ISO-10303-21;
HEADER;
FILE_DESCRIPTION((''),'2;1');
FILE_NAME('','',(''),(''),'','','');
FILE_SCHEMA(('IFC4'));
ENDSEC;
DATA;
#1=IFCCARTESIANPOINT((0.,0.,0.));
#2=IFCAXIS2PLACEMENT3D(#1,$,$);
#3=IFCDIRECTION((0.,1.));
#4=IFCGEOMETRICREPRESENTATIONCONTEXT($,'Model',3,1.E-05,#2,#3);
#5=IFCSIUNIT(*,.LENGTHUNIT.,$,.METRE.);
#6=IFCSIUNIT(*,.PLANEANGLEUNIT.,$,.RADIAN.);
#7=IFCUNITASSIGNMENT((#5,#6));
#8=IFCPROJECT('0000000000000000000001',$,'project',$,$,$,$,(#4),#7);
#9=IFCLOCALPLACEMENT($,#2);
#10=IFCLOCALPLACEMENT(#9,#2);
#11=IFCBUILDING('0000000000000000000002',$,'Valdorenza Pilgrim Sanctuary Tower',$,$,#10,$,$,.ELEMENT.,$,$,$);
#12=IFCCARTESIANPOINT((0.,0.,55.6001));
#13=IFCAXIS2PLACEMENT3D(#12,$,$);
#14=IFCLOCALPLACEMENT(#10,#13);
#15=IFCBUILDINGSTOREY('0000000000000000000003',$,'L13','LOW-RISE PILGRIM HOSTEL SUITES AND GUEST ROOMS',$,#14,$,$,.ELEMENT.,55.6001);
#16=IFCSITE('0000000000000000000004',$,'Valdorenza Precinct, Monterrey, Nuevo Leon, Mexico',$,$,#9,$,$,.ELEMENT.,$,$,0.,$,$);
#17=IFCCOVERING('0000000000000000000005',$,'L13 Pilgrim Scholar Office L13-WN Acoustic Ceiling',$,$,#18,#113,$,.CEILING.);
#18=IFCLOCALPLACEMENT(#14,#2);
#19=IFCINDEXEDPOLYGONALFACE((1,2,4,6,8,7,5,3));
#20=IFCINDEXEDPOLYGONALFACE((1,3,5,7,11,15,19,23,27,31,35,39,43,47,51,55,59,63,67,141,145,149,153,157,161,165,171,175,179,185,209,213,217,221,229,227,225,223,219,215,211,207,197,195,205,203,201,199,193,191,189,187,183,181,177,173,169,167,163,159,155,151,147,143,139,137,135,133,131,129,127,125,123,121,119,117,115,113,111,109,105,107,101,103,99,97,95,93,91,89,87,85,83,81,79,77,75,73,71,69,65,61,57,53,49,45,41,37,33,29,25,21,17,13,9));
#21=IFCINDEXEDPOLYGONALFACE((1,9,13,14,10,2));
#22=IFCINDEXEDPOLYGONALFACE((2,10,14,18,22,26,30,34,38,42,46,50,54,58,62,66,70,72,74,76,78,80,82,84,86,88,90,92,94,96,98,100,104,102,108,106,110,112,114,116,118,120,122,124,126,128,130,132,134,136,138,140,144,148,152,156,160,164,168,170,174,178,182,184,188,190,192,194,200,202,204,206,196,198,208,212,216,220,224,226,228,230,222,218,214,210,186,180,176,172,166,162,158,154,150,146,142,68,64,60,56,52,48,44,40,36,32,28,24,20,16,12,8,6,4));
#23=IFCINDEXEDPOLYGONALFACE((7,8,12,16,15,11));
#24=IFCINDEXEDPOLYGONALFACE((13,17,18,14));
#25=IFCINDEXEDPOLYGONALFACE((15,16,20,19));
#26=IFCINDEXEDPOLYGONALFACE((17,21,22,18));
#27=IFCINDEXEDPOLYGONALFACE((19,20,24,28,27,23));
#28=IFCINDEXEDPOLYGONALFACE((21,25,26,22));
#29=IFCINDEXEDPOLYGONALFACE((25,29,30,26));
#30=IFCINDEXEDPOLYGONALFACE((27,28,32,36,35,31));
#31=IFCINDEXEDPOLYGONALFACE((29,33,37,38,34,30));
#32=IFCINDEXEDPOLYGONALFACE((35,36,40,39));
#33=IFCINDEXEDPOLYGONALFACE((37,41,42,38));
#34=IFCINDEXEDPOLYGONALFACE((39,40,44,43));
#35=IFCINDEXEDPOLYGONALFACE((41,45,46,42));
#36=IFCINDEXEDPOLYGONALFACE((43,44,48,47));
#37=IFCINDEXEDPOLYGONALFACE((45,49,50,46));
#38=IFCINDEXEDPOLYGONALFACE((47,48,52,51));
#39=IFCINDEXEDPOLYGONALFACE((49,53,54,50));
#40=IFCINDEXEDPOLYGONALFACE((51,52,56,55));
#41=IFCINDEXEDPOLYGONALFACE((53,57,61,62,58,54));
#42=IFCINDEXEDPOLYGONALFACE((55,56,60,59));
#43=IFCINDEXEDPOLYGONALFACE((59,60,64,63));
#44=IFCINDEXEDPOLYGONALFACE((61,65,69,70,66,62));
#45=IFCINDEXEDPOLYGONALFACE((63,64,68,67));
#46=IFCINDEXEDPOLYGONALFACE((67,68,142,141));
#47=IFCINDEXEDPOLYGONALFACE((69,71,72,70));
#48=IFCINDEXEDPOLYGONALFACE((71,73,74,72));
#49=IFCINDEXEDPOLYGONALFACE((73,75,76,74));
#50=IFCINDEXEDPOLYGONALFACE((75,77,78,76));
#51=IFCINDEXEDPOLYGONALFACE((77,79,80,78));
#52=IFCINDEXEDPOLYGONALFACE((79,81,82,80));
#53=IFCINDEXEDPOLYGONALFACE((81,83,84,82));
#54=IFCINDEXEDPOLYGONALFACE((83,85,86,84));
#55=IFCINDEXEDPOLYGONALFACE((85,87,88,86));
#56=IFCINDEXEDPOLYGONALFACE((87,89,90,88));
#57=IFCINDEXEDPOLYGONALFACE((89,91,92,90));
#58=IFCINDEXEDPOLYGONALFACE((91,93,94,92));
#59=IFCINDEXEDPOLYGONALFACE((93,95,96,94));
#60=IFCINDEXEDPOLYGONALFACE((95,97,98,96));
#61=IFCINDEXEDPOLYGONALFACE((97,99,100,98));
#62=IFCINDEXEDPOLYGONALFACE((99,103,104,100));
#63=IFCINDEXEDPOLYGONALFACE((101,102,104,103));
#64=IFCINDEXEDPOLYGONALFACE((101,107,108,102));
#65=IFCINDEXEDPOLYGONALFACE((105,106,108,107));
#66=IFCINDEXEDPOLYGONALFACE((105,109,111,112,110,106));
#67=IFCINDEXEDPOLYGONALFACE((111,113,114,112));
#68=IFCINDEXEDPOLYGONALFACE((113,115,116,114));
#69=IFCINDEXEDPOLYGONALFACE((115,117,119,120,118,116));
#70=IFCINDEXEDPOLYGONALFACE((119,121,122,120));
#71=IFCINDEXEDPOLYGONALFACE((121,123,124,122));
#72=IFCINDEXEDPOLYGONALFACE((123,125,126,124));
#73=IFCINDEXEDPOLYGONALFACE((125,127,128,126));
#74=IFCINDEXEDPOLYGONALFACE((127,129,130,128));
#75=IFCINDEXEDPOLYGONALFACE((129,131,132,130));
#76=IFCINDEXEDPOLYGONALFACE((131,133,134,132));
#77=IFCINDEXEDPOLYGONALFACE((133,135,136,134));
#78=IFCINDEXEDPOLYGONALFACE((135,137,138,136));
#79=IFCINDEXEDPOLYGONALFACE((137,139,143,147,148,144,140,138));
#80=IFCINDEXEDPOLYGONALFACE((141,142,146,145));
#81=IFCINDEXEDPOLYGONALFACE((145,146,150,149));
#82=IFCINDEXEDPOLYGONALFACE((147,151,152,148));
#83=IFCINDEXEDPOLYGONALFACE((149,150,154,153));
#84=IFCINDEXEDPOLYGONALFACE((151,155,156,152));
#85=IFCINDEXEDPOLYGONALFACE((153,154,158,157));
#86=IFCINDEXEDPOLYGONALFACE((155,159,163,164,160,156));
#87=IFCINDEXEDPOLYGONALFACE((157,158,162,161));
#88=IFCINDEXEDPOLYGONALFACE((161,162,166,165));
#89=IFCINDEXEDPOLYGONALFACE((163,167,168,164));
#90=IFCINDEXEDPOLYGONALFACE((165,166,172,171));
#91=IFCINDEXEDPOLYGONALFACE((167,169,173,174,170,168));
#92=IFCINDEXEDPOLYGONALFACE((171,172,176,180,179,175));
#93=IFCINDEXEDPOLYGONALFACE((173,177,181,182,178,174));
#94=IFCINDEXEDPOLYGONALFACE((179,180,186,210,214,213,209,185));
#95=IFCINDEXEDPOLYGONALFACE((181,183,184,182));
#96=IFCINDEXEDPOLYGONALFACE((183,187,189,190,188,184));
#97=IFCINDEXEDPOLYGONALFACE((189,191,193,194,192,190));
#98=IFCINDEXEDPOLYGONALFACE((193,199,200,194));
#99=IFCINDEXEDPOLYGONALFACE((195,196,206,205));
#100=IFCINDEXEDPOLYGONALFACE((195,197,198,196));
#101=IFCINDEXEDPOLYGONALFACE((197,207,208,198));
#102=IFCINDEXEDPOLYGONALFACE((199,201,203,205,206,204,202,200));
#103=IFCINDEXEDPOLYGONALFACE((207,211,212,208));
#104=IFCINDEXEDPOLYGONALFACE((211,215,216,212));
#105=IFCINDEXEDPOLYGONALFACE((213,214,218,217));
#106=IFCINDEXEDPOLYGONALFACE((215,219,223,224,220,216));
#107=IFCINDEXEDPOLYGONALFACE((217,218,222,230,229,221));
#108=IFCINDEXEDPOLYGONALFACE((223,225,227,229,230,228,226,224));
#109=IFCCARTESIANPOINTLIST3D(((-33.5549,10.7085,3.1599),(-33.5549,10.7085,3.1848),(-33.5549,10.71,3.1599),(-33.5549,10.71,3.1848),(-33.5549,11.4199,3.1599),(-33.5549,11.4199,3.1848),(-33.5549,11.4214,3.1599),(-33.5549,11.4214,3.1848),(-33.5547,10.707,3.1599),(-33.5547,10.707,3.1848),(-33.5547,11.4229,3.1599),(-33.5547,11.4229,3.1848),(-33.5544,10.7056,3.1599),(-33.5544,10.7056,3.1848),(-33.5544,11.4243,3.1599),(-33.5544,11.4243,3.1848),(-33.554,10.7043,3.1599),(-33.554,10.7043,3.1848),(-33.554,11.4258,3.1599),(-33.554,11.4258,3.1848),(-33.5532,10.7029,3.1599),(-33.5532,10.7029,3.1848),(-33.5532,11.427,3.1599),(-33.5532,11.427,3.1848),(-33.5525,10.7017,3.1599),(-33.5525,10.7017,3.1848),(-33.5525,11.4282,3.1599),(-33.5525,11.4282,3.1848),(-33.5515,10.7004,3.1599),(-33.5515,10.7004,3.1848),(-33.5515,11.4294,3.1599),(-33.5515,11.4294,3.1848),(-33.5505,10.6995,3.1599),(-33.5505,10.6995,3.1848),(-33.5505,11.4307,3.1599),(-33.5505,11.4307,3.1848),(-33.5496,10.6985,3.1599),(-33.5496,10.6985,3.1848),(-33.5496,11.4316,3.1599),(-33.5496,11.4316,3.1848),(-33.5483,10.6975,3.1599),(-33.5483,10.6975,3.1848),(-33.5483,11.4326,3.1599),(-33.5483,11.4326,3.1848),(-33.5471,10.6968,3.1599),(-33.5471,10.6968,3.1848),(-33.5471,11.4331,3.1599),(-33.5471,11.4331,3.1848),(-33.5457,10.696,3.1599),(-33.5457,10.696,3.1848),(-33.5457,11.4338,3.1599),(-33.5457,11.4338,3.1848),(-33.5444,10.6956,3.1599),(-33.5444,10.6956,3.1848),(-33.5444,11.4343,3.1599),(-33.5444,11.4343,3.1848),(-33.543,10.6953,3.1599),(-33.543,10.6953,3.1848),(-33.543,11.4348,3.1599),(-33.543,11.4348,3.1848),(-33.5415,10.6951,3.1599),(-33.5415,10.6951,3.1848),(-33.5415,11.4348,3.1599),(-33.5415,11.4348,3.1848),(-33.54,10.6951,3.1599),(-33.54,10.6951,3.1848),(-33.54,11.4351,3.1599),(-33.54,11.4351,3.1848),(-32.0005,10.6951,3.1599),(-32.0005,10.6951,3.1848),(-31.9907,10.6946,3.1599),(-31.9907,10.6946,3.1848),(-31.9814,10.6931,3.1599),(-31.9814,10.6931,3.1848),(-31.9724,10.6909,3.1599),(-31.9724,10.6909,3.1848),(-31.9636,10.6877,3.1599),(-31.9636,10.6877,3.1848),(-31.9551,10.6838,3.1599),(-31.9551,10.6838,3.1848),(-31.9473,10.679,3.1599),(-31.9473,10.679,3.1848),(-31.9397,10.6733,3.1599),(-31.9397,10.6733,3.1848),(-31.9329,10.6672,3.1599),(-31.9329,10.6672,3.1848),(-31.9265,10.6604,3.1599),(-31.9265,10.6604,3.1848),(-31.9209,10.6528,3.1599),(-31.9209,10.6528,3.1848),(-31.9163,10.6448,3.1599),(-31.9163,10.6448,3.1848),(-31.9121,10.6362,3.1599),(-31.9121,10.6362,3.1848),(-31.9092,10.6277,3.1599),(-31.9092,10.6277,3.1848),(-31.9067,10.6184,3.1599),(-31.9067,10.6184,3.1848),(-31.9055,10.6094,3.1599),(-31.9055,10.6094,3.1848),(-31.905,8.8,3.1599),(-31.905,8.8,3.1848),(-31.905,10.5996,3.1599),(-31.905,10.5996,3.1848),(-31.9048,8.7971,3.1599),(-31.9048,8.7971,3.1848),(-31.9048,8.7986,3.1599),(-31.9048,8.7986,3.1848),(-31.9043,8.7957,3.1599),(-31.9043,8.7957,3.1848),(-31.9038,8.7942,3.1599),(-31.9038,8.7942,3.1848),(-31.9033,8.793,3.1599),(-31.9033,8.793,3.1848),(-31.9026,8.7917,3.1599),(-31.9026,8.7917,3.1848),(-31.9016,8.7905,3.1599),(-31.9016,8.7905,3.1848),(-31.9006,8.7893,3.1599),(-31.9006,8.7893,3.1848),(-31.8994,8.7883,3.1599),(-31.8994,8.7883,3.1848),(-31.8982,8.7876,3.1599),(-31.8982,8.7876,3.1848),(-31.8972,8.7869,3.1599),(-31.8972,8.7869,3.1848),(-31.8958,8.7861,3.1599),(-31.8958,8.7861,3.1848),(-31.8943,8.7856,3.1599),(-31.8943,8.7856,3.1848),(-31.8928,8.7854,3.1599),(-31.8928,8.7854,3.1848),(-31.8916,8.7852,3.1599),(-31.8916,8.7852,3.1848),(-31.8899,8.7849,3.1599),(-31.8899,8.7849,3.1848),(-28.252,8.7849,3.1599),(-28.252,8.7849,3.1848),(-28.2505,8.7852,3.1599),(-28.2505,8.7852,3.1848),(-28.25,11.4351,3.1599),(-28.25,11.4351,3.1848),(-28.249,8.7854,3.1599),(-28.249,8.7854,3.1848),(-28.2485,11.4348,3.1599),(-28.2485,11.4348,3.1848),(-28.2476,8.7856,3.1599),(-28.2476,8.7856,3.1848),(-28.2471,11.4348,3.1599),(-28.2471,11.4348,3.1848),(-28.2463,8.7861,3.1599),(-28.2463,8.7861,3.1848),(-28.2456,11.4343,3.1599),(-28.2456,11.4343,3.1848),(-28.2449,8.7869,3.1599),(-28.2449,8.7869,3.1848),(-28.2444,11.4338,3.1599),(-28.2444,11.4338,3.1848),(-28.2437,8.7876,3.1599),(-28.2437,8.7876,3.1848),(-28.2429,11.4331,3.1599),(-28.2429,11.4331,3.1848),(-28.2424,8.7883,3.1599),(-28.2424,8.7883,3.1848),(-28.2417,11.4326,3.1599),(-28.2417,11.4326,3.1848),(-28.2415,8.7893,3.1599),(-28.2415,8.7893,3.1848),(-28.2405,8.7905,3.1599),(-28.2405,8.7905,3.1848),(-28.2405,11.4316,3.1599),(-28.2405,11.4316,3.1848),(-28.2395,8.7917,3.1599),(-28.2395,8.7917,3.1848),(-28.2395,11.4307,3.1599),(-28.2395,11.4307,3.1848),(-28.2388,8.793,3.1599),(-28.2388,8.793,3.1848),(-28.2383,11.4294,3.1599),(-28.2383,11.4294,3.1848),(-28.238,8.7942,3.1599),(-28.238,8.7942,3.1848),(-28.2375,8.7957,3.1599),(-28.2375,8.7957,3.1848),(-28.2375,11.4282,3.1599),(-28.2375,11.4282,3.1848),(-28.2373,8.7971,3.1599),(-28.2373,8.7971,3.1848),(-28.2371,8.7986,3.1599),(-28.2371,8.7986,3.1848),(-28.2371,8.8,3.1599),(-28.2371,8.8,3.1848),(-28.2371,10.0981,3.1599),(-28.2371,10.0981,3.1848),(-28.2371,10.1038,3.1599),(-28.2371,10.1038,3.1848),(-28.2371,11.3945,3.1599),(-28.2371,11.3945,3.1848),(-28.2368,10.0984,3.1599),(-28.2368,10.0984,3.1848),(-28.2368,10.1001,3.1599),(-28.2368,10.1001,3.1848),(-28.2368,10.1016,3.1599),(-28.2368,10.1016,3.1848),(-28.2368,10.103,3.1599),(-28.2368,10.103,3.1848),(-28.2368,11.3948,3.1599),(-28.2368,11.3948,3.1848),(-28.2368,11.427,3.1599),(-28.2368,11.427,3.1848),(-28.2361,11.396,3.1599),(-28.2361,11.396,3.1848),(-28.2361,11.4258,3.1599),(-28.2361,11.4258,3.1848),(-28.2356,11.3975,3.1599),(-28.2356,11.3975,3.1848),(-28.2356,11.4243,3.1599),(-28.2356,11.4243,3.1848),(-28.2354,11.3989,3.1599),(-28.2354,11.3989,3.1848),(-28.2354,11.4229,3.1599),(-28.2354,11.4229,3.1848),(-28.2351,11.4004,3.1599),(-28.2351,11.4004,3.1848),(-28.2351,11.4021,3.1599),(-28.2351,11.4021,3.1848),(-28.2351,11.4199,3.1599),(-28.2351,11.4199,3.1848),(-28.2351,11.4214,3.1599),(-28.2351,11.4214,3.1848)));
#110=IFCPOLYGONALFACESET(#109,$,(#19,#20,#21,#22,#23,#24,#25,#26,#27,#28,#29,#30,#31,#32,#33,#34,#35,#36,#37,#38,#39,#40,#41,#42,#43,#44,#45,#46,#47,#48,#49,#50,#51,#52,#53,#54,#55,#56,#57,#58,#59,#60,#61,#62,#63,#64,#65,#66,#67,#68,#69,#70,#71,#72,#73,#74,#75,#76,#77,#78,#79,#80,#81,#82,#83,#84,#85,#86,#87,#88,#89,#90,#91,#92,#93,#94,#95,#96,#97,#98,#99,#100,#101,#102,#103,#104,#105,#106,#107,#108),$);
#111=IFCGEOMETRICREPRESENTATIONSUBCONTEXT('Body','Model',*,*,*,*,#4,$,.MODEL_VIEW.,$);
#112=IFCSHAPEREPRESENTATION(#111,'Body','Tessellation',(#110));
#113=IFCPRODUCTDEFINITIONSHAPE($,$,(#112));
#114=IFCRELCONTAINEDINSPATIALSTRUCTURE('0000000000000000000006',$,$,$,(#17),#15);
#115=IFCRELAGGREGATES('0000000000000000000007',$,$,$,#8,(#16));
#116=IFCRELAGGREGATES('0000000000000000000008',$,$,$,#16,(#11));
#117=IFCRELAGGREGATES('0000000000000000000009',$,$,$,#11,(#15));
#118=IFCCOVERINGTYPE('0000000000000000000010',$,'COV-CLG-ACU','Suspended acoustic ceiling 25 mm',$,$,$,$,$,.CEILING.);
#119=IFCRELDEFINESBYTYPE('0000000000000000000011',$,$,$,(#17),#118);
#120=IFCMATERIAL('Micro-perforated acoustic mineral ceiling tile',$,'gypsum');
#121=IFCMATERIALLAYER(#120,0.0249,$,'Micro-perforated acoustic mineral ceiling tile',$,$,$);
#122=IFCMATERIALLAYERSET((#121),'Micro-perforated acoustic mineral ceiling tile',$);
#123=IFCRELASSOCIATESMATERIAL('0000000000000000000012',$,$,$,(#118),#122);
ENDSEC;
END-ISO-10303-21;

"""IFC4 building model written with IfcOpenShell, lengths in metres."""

from ifc_helpers import new_model, si_unit, direction, frame, origin, place, context, subcontext, project, spatial, polyline, outline, extrude, material, layer, layer_set, type_object, element, save


model = new_model("IFC4")

# Units and contexts
model_context = context("Model", 3, precision=1e-05, world=origin(), true_north=direction((0.0, 1.0)))
body_context = subcontext(model_context, "Body", "Model", "MODEL_VIEW")
ifc_project = project(units=[si_unit("LENGTHUNIT", "METRE"), si_unit("PLANEANGLEUNIT", "RADIAN")], contexts=[model_context])

# Site, building, storey
site_placement = place(None, origin())
site = spatial("IfcSite", under=ifc_project, at=site_placement, Name="Valdorenza Precinct, Monterrey, Nuevo Leon, Mexico", CompositionType="ELEMENT", RefElevation=0.0)
building_placement = place(site_placement, origin())
building = spatial("IfcBuilding", under=site, at=building_placement, Name="Valdorenza Pilgrim Sanctuary Tower", CompositionType="ELEMENT")
storey_placement = place(building_placement, frame((0.0, 0.0, 55.6001)))
storey = spatial("IfcBuildingStorey", under=building, at=storey_placement, Name="L13", Description="LOW-RISE PILGRIM HOSTEL SUITES AND GUEST ROOMS", CompositionType="ELEMENT", Elevation=55.6001)

# Covering
ifc_material_1 = material(Name="Micro-perforated acoustic mineral ceiling tile", Category="gypsum")
ifc_layer_1 = layer(ifc_material_1, 0.0249, Name="Micro-perforated acoustic mineral ceiling tile")
ifc_layer_set_1 = layer_set([ifc_layer_1], Name="Micro-perforated acoustic mineral ceiling tile")
covering_type_1 = type_object("IfcCoveringType", Name="COV-CLG-ACU", Description="Suspended acoustic ceiling 25 mm", PredefinedType="CEILING", material=ifc_layer_set_1)
covering_1_placement = place(storey_placement, frame((0.0, 0.0, 3.1599)))
element("IfcCovering", 1, at=covering_1_placement, inside=storey, type_object=covering_type_1, Name="L13 Pilgrim Scholar Office L13-WN Acoustic Ceiling", PredefinedType="CEILING", context=body_context, shape_type="SweptSolid", body=[
    extrude(outline(polyline([(-28.2371, 11.3945), (-28.2371, 10.1038), (-28.2368, 10.103), (-28.2368, 10.1016), (-28.2368, 10.1001), (-28.2368, 10.0984), (-28.2371, 10.0981), (-28.2371, 8.8), (-28.2371, 8.7986), (-28.2373, 8.7971), (-28.2375, 8.7957), (-28.238, 8.7942), (-28.2388, 8.793), (-28.2395, 8.7917), (-28.2405, 8.7905), (-28.2415, 8.7893), (-28.2424, 8.7883), (-28.2437, 8.7876), (-28.2449, 8.7869), (-28.2463, 8.7861), (-28.2476, 8.7856), (-28.249, 8.7854), (-28.2505, 8.7852), (-28.252, 8.7849), (-31.8899, 8.7849), (-31.8916, 8.7852), (-31.8928, 8.7854), (-31.8943, 8.7856), (-31.8958, 8.7861), (-31.8972, 8.7869), (-31.8982, 8.7876), (-31.8994, 8.7883), (-31.9006, 8.7893), (-31.9016, 8.7905), (-31.9026, 8.7917), (-31.9033, 8.793), (-31.9038, 8.7942), (-31.9043, 8.7957), (-31.9048, 8.7971), (-31.9048, 8.7986), (-31.905, 8.8), (-31.905, 10.5996), (-31.9055, 10.6094), (-31.9067, 10.6184), (-31.9092, 10.6277), (-31.9121, 10.6362), (-31.9163, 10.6448), (-31.9209, 10.6528), (-31.9265, 10.6604), (-31.9329, 10.6672), (-31.9397, 10.6733), (-31.9473, 10.679), (-31.9551, 10.6838), (-31.9636, 10.6877), (-31.9724, 10.6909), (-31.9814, 10.6931), (-31.9907, 10.6946), (-32.0005, 10.6951), (-33.54, 10.6951), (-33.5415, 10.6951), (-33.543, 10.6953), (-33.5444, 10.6956), (-33.5457, 10.696), (-33.5471, 10.6968), (-33.5483, 10.6975), (-33.5496, 10.6985), (-33.5505, 10.6995), (-33.5515, 10.7004), (-33.5525, 10.7017), (-33.5532, 10.7029), (-33.554, 10.7043), (-33.5544, 10.7056), (-33.5547, 10.707), (-33.5549, 10.7085), (-33.5549, 10.71), (-33.5549, 11.4199), (-33.5549, 11.4214), (-33.5547, 11.4229), (-33.5544, 11.4243), (-33.554, 11.4258), (-33.5532, 11.427), (-33.5525, 11.4282), (-33.5515, 11.4294), (-33.5505, 11.4307), (-33.5496, 11.4316), (-33.5483, 11.4326), (-33.5471, 11.4331), (-33.5457, 11.4338), (-33.5444, 11.4343), (-33.543, 11.4348), (-33.5415, 11.4348), (-33.54, 11.4351), (-28.25, 11.4351), (-28.2485, 11.4348), (-28.2471, 11.4348), (-28.2456, 11.4343), (-28.2444, 11.4338), (-28.2429, 11.4331), (-28.2417, 11.4326), (-28.2405, 11.4316), (-28.2395, 11.4307), (-28.2383, 11.4294), (-28.2375, 11.4282), (-28.2368, 11.427), (-28.2361, 11.4258), (-28.2356, 11.4243), (-28.2354, 11.4229), (-28.2351, 11.4214), (-28.2351, 11.4199), (-28.2351, 11.4021), (-28.2351, 11.4004), (-28.2354, 11.3989), (-28.2356, 11.3975), (-28.2361, 11.396), (-28.2368, 11.3948), (-28.2371, 11.3945)])), origin(), (0.0, 0.0, 1.0), 0.0249),
])

save(model, "model.ifc")
